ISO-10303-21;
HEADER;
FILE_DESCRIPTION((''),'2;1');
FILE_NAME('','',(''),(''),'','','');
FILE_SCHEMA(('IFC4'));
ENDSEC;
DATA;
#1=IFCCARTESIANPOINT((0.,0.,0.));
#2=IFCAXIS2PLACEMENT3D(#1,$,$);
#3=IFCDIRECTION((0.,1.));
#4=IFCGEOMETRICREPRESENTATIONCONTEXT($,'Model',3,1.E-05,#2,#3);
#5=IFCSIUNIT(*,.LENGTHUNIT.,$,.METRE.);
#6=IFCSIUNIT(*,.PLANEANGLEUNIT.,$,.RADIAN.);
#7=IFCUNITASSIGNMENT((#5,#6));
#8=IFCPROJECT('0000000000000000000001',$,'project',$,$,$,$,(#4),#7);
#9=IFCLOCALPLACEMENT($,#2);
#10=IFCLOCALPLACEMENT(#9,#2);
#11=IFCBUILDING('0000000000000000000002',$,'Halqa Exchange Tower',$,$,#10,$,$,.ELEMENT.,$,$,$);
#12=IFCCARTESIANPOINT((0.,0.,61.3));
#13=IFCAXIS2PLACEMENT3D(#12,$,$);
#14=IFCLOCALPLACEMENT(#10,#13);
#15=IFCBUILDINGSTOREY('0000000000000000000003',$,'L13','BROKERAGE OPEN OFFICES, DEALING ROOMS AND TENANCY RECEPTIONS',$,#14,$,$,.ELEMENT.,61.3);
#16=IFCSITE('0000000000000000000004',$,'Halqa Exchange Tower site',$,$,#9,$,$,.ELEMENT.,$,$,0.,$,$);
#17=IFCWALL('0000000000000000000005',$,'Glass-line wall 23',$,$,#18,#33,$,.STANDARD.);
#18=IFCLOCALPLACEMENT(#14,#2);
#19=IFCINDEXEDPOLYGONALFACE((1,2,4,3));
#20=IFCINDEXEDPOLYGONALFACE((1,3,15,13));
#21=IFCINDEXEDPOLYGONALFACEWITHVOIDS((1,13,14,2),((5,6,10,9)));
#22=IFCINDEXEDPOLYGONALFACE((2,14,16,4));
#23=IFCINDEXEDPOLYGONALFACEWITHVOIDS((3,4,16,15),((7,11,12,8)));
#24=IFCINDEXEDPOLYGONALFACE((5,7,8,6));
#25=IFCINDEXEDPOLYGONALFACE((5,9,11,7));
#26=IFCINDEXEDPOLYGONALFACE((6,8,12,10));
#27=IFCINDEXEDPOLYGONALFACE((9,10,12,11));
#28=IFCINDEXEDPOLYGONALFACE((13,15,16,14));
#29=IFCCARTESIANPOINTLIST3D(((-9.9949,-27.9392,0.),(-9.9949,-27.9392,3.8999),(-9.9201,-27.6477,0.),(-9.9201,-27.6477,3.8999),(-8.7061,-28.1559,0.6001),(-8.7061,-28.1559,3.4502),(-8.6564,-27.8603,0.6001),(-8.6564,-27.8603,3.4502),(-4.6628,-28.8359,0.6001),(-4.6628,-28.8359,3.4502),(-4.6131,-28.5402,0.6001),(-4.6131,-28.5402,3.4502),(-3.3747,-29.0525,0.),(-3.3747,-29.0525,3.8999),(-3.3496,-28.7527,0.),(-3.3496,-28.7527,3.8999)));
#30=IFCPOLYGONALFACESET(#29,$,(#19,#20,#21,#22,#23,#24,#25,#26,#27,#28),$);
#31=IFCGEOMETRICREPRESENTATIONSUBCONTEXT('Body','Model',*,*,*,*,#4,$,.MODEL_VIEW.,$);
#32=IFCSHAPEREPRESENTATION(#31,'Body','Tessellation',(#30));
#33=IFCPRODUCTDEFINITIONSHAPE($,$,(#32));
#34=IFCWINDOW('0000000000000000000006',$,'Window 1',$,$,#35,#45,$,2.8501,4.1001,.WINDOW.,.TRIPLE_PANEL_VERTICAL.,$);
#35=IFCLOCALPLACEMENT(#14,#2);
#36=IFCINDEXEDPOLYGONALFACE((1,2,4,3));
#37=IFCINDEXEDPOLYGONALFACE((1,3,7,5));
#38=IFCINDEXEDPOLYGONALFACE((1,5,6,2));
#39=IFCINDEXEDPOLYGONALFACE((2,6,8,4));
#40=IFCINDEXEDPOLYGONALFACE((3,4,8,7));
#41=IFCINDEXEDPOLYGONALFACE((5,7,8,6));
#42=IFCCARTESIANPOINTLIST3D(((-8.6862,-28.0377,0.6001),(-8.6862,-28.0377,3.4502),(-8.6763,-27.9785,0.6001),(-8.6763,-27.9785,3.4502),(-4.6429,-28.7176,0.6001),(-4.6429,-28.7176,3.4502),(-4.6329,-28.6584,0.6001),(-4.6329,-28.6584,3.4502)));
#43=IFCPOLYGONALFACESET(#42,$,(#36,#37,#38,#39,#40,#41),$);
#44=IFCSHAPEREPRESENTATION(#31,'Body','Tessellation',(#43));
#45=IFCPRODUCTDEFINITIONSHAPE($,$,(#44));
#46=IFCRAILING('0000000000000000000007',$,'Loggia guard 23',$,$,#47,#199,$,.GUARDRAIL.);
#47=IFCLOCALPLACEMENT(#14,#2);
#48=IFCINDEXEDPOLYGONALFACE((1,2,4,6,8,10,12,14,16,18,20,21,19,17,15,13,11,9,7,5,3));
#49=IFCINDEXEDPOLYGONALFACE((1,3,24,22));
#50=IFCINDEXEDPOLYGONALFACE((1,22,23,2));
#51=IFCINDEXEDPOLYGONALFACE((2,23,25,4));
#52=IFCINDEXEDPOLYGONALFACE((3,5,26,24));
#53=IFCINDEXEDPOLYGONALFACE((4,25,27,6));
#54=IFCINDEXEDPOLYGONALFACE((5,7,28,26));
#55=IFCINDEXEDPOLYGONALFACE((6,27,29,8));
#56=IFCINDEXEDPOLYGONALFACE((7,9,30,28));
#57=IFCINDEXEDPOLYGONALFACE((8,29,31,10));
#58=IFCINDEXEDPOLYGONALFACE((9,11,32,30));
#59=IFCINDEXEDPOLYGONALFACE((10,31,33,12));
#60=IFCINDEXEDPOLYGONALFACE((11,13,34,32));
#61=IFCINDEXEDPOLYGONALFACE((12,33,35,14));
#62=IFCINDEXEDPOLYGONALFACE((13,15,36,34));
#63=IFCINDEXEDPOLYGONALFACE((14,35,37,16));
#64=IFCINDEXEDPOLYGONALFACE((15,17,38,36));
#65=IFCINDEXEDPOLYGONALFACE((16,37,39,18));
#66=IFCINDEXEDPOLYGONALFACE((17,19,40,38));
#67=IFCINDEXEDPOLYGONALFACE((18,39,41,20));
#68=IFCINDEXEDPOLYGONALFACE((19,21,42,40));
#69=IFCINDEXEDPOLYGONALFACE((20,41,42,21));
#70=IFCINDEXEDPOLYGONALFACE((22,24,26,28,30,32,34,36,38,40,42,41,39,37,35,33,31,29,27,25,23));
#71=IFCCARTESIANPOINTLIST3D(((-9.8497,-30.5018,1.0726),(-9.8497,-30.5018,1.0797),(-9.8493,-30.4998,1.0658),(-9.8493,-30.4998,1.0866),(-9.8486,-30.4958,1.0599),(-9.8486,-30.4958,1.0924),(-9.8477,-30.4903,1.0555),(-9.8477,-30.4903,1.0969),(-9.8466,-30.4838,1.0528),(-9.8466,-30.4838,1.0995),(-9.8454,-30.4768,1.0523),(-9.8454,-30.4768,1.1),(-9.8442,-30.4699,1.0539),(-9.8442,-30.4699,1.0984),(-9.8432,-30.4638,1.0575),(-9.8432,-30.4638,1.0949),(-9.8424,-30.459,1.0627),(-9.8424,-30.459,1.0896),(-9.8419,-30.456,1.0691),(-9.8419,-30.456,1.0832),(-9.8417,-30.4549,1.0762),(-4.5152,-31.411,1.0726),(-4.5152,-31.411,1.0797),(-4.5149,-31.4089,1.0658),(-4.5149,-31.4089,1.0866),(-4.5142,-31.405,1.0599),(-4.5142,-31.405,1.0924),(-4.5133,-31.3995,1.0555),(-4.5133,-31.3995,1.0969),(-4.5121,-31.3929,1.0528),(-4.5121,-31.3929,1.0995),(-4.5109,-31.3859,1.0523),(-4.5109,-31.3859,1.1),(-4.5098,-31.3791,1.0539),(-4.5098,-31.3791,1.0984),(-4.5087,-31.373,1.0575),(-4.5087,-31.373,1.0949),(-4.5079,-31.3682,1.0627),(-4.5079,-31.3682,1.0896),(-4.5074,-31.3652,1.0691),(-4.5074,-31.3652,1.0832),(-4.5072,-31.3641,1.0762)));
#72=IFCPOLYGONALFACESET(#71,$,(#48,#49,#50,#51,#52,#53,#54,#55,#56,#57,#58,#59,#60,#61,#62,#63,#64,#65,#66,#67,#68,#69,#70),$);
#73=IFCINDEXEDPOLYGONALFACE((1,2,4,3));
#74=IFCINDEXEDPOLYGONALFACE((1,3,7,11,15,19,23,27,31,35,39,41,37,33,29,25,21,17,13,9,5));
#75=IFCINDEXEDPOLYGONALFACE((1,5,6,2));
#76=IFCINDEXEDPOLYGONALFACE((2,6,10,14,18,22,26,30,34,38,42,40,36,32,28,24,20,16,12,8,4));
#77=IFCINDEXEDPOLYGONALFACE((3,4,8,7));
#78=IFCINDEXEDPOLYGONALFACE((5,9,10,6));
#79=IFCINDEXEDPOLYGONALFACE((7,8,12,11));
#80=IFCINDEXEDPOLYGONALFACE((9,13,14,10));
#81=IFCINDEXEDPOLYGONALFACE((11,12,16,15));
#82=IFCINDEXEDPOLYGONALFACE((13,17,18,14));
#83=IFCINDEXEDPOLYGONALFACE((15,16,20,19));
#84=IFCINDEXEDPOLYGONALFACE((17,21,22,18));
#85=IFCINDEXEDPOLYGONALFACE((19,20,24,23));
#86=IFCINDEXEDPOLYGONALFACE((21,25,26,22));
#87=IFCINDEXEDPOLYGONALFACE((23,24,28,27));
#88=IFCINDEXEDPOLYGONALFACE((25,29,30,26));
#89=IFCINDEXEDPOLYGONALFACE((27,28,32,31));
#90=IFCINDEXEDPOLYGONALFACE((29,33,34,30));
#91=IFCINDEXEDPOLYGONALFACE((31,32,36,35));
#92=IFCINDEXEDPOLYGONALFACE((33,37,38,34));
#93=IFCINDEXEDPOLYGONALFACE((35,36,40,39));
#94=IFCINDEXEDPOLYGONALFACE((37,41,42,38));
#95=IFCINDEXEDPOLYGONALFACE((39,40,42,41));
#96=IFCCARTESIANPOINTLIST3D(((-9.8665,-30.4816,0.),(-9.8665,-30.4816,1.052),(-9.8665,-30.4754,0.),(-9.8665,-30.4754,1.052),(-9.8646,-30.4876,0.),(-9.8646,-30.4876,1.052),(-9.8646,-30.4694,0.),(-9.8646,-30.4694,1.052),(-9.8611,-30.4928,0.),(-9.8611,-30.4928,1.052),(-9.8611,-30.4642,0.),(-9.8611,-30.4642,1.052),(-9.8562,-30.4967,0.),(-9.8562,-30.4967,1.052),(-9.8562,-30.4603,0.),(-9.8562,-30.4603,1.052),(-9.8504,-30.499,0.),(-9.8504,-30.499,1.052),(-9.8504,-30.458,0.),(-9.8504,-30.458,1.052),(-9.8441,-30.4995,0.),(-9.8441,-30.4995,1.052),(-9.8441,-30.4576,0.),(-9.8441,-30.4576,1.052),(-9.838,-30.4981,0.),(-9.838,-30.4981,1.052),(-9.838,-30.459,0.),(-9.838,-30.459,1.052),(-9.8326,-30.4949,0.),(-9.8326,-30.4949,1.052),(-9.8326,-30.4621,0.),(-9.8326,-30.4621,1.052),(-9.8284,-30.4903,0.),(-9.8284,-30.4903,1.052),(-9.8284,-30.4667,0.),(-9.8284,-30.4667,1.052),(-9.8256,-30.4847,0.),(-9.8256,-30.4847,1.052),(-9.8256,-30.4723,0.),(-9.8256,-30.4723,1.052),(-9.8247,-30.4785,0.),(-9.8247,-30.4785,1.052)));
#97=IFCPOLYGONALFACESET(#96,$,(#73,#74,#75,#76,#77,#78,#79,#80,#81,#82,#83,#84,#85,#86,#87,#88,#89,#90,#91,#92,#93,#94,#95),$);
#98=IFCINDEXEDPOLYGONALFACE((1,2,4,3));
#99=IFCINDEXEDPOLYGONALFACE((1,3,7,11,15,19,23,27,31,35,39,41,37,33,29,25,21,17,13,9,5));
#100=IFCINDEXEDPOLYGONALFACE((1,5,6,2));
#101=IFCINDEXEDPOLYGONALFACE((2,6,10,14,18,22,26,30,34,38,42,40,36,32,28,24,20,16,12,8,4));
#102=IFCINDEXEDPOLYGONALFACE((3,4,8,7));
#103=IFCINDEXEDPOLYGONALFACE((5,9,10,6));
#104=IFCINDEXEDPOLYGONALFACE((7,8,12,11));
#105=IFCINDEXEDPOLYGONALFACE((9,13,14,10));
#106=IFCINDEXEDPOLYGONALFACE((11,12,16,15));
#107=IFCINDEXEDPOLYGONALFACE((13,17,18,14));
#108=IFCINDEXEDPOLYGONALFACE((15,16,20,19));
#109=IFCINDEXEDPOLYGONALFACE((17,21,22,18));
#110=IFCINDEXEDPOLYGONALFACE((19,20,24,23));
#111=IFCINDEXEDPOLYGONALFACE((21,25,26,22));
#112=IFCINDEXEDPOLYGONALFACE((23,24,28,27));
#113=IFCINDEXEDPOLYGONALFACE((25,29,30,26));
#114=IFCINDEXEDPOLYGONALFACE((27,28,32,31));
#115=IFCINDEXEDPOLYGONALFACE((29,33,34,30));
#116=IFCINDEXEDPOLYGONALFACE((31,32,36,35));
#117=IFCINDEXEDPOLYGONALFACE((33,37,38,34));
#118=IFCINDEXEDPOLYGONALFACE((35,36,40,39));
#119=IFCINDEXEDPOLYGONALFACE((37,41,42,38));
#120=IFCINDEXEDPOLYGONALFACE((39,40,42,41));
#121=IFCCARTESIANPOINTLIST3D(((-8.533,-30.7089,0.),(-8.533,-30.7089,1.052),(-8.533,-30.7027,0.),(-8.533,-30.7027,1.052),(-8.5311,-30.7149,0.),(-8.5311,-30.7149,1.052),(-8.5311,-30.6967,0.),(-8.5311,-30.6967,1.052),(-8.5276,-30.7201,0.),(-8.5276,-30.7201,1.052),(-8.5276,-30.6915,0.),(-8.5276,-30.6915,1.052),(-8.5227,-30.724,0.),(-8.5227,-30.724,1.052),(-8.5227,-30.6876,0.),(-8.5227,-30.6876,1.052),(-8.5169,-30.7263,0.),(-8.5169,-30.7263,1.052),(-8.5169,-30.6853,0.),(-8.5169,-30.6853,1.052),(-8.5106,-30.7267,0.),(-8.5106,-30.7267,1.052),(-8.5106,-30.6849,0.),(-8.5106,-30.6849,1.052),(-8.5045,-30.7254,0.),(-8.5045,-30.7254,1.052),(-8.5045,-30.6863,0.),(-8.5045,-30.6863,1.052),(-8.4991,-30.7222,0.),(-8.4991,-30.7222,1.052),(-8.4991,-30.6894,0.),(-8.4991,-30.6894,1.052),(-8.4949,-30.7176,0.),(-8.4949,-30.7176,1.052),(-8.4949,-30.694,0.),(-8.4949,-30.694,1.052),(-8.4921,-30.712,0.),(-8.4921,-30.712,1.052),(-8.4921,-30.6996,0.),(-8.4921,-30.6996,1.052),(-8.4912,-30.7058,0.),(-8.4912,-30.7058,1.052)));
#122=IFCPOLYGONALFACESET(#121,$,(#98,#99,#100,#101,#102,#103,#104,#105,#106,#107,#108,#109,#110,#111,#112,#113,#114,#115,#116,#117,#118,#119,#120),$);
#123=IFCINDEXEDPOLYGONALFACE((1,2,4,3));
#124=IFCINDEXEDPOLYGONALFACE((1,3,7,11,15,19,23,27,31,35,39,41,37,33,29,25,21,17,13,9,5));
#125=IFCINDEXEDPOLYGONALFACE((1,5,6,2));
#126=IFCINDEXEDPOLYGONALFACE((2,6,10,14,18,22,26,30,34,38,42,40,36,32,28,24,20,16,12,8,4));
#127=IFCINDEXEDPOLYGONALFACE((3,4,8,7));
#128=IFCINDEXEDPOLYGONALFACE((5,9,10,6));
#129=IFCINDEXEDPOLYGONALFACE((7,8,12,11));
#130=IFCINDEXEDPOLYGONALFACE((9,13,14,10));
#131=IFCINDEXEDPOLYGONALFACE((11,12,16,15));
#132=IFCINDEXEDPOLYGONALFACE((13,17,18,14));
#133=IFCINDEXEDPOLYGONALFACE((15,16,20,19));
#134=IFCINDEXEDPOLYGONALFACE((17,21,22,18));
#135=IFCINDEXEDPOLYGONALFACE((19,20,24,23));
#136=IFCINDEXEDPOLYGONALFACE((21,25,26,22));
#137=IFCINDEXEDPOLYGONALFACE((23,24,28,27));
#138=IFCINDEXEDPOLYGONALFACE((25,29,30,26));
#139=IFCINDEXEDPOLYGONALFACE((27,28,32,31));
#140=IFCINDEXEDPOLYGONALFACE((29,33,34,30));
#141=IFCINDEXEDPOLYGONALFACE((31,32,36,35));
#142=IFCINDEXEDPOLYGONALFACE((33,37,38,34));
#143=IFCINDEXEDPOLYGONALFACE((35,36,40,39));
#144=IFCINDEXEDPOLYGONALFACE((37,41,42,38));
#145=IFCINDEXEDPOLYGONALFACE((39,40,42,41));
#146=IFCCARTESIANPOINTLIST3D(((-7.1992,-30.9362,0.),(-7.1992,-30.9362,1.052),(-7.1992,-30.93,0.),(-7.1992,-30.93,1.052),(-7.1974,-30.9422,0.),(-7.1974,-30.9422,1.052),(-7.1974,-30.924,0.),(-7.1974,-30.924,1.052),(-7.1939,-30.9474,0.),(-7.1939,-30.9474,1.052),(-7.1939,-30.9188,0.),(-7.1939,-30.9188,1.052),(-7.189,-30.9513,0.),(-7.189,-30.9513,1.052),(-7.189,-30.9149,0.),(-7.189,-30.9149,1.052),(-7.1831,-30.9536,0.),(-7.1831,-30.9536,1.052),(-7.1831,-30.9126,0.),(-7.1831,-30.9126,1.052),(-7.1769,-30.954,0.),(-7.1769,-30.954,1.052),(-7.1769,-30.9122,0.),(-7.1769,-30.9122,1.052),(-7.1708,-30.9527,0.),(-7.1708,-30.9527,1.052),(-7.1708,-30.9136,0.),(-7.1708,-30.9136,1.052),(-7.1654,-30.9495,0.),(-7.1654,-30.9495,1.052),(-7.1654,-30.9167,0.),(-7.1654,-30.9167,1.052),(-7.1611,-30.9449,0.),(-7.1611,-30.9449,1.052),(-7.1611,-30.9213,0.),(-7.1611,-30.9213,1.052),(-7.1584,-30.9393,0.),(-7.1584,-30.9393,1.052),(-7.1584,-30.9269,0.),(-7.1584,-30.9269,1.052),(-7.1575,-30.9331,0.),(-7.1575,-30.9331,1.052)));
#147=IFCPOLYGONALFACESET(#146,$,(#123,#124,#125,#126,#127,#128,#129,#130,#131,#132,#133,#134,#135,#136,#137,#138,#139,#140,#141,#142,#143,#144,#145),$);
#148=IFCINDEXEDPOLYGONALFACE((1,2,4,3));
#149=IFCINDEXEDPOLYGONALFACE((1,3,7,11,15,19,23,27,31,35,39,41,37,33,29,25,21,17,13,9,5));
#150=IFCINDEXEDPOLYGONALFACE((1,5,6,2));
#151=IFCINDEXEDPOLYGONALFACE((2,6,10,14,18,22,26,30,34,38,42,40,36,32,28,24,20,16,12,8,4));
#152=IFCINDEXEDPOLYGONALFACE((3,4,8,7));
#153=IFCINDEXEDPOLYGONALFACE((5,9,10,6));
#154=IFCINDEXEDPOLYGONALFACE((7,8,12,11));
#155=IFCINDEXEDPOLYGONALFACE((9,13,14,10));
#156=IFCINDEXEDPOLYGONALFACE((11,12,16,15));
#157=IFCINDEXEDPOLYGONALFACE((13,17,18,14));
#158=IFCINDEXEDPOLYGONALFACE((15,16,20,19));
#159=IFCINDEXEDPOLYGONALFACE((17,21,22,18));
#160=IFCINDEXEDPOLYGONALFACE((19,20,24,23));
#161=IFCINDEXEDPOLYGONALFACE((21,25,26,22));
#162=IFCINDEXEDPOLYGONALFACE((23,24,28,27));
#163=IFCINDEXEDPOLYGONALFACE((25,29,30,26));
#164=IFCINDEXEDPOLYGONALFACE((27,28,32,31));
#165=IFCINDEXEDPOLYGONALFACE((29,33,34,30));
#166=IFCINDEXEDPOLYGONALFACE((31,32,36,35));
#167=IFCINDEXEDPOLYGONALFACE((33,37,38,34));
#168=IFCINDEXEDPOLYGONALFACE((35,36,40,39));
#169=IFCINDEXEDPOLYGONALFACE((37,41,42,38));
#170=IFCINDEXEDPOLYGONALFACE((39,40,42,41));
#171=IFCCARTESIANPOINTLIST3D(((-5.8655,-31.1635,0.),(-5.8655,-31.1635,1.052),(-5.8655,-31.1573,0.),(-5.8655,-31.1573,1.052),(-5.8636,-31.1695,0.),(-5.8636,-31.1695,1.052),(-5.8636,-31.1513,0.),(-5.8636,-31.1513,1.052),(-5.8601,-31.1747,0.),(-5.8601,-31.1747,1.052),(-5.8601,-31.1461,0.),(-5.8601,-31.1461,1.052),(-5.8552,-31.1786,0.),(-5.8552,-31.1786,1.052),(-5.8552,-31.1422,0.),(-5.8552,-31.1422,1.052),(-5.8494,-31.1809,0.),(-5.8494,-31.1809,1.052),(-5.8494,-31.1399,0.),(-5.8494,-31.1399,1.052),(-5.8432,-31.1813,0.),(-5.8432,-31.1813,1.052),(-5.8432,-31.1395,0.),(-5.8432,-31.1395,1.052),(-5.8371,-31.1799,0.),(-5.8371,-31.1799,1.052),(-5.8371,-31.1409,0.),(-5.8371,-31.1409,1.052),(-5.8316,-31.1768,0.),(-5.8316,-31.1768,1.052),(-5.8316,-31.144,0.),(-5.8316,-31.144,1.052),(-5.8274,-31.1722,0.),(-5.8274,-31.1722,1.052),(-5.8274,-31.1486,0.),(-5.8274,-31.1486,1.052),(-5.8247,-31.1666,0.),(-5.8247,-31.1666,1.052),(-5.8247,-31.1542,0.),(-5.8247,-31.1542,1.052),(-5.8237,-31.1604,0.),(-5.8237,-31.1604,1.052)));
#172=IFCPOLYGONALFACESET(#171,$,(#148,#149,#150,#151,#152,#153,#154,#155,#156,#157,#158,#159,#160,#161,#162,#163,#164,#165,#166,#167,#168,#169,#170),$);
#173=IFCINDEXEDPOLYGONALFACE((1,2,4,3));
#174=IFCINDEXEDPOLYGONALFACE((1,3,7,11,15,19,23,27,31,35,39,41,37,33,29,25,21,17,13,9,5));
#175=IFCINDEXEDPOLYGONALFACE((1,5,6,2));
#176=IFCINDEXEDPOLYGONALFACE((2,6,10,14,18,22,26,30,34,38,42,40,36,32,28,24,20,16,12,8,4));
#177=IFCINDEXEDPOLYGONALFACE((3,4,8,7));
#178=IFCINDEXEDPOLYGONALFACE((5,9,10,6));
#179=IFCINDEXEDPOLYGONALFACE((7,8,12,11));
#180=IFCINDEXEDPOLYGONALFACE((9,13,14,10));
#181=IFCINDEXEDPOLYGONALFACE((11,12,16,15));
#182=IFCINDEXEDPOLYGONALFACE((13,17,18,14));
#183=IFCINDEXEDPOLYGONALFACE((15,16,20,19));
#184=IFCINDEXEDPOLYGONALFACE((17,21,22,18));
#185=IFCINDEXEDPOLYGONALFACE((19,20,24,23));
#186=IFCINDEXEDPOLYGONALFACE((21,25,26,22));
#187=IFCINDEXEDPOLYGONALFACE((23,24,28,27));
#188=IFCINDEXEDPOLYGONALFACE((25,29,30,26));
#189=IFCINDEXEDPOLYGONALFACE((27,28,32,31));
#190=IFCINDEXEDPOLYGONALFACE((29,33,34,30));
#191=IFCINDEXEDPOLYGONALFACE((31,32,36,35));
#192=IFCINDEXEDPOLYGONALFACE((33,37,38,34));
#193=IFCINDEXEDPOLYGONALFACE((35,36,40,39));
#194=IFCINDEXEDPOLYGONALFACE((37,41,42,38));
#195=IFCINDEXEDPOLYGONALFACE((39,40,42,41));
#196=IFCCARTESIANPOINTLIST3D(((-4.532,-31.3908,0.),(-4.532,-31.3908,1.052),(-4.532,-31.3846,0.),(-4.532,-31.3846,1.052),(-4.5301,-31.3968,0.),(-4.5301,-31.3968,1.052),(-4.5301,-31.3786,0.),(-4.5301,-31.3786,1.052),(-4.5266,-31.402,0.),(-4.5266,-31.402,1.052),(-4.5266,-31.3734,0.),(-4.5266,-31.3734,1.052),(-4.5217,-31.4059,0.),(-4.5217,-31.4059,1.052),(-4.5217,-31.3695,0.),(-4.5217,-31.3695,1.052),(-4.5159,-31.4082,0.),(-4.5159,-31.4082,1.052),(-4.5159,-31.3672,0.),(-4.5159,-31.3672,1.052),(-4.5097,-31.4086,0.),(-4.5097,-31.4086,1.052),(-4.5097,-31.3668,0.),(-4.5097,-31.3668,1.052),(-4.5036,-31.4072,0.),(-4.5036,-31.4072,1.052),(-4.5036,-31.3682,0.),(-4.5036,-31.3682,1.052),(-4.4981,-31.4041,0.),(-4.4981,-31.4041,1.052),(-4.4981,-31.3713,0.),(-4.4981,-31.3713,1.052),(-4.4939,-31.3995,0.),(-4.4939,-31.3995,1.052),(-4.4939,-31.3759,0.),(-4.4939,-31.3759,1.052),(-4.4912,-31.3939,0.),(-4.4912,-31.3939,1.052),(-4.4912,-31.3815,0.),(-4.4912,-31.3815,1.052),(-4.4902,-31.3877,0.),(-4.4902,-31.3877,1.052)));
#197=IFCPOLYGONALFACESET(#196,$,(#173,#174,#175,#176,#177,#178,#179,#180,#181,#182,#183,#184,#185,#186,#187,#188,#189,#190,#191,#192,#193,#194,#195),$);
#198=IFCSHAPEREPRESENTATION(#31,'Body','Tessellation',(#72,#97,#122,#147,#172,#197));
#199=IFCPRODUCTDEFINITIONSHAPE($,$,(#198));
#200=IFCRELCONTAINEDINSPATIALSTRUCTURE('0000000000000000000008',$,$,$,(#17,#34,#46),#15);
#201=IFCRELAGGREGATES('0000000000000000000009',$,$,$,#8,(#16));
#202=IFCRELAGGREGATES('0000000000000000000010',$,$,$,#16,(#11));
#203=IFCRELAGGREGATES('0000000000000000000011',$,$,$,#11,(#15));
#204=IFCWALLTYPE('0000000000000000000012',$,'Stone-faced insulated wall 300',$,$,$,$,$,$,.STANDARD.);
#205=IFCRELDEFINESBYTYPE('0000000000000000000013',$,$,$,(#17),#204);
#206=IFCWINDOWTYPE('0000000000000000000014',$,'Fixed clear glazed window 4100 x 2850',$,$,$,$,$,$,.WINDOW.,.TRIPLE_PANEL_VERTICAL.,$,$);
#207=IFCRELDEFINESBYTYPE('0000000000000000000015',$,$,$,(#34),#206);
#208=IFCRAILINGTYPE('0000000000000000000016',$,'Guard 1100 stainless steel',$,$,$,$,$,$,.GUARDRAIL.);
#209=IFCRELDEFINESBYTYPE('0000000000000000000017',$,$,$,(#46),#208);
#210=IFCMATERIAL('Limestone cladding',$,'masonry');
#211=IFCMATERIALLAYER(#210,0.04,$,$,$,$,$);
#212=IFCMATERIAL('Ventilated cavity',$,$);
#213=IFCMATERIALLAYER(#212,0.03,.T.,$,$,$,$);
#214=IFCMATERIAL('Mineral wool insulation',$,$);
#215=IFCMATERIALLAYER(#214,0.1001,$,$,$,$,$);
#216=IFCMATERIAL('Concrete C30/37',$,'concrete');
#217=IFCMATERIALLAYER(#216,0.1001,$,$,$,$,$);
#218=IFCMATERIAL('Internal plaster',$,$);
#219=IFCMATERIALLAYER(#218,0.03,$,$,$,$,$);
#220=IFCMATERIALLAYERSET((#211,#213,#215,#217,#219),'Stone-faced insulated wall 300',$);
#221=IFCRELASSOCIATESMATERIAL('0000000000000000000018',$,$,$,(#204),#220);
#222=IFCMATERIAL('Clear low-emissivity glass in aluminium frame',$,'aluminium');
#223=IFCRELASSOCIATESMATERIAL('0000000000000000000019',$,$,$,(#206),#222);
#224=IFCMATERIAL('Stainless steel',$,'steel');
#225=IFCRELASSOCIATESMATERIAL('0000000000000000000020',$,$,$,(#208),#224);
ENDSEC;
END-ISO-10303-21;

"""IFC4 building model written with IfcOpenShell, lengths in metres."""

from ifc_helpers import new_model, si_unit, direction, frame, frame_2d, origin, origin_2d, place, context, subcontext, project, spatial, polyline, rectangle, circle, outline, extrude, material, layer, layer_set, type_object, element, fill, save


model = new_model("IFC4")

# Units and contexts
model_context = context("Model", 3, precision=1e-05, world=origin(), true_north=direction((0.0, 1.0)))
body_context = subcontext(model_context, "Body", "Model", "MODEL_VIEW")
ifc_project = project(units=[si_unit("LENGTHUNIT", "METRE"), si_unit("PLANEANGLEUNIT", "RADIAN")], contexts=[model_context])

# Site, building, storey
site_placement = place(None, origin())
site = spatial("IfcSite", under=ifc_project, at=site_placement, Name="Halqa Exchange Tower site", CompositionType="ELEMENT", RefElevation=0.0)
building_placement = place(site_placement, origin())
building = spatial("IfcBuilding", under=site, at=building_placement, Name="Halqa Exchange Tower", CompositionType="ELEMENT")
storey_placement = place(building_placement, frame((0.0, 0.0, 61.3)))
storey = spatial("IfcBuildingStorey", under=building, at=storey_placement, Name="L13", Description="BROKERAGE OPEN OFFICES, DEALING ROOMS AND TENANCY RECEPTIONS", CompositionType="ELEMENT", Elevation=61.3)

# Shared definitions
ifc_material_1 = material(Name="Concrete C30/37", Category="concrete")

# Wall, opening, window
ifc_material_2 = material(Name="Limestone cladding", Category="masonry")
ifc_layer_1 = layer(ifc_material_2, 0.04)
ifc_material_3 = material(Name="Ventilated cavity")
ifc_layer_2 = layer(ifc_material_3, 0.03, ventilated=True)
ifc_material_4 = material(Name="Mineral wool insulation")
ifc_layer_3 = layer(ifc_material_4, 0.1001)
ifc_layer_4 = layer(ifc_material_1, 0.1001)
ifc_material_5 = material(Name="Internal plaster")
ifc_layer_5 = layer(ifc_material_5, 0.03)
ifc_layer_set_1 = layer_set([ifc_layer_1, ifc_layer_2, ifc_layer_3, ifc_layer_4, ifc_layer_5], Name="Stone-faced insulated wall 300")
wall_type_1 = type_object("IfcWallType", Name="Stone-faced insulated wall 300", PredefinedType="STANDARD", material=ifc_layer_set_1)
wall_1_placement = place(storey_placement, frame((-9.9575, -27.7935, 0.0), z_axis=(0.0, 0.0, 1.0), x_axis=(0.986153, -0.165837, 0.0)))
wall_1 = element("IfcWall", 1, at=wall_1_placement, inside=storey, type_object=wall_type_1, Name="Glass-line wall 23", PredefinedType="STANDARD", context=body_context, shape_type="SweptSolid", body=[
    extrude(outline(polyline([(-0.0127, -0.1499), (6.7004, -0.1499), (6.6755, 0.1499), (0.0127, 0.1499), (-0.0127, -0.1499)])), origin(), (0.0, 0.0, 1.0), 3.8999),
])
opening_1_placement = place(wall_1_placement, frame((1.2942, 0.0, 0.6001)))
opening_1 = element("IfcOpeningElement", 2, at=opening_1_placement, cuts=wall_1, PredefinedType="OPENING", context=body_context, shape_type="SweptSolid", body=[
    extrude(rectangle(XDim=4.1001, YDim=2.8501, at=frame_2d((2.05, 1.425))), frame((0.0, 0.1621, 0.0), z_axis=(0.0, -1.0, 0.0), x_axis=(1.0, 0.0, 0.0)), (0.0, 0.0, 1.0), 0.324),
])
ifc_material_6 = material(Name="Clear low-emissivity glass in aluminium frame", Category="aluminium")
window_type = type_object("IfcWindowType", Name="Fixed clear glazed window 4100 x 2850", PartitioningType="TRIPLE_PANEL_VERTICAL", PredefinedType="WINDOW", material=ifc_material_6)
window_placement = place(opening_1_placement, origin())
window = element("IfcWindow", 3, at=window_placement, inside=storey, type_object=window_type, Name="Window 1", OverallHeight=2.8501, OverallWidth=4.1001, PartitioningType="TRIPLE_PANEL_VERTICAL", PredefinedType="WINDOW", context=body_context, shape_type="SweptSolid", body=[
    extrude(rectangle(XDim=4.1001, YDim=2.8501, at=frame_2d((2.05, 1.425))), frame((0.0, 0.03, 0.0), z_axis=(0.0, -1.0, 0.0), x_axis=(1.0, 0.0, 0.0)), (0.0, 0.0, 1.0), 0.0601),
])
fill(opening_1, window)

# Railing
ifc_material_7 = material(Name="Stainless steel", Category="steel")
railing_type = type_object("IfcRailingType", Name="Guard 1100 stainless steel", PredefinedType="GUARDRAIL", material=ifc_material_7)
railing_1_placement = place(storey_placement, frame((-9.8457, -30.4785, 0.0)))
element("IfcRailing", 4, at=railing_1_placement, inside=storey, type_object=railing_type, Name="Loggia guard 23", PredefinedType="GUARDRAIL", context=body_context, shape_type="SweptSolid", body=[
    extrude(circle(Radius=0.0239, at=origin_2d()), frame((0.0, 0.0, 1.0762), z_axis=(0.985785, -0.168012, 0.0), x_axis=(0.168012, 0.985785, 0.0)), (0.0, 0.0, 1.0), 5.4114),
    extrude(circle(Radius=0.021, at=origin_2d()), origin(), (0.0, 0.0, 1.0), 1.052),
    extrude(circle(Radius=0.021, at=origin_2d()), frame((1.3335, -0.2273, 0.0)), (0.0, 0.0, 1.0), 1.052),
    extrude(circle(Radius=0.021, at=origin_2d()), frame((2.6672, -0.4546, 0.0)), (0.0, 0.0, 1.0), 1.052),
    extrude(circle(Radius=0.021, at=origin_2d()), frame((4.001, -0.6819, 0.0)), (0.0, 0.0, 1.0), 1.052),
    extrude(circle(Radius=0.021, at=origin_2d()), frame((5.3345, -0.9092, 0.0)), (0.0, 0.0, 1.0), 1.052),
])

save(model, "model.ifc")
